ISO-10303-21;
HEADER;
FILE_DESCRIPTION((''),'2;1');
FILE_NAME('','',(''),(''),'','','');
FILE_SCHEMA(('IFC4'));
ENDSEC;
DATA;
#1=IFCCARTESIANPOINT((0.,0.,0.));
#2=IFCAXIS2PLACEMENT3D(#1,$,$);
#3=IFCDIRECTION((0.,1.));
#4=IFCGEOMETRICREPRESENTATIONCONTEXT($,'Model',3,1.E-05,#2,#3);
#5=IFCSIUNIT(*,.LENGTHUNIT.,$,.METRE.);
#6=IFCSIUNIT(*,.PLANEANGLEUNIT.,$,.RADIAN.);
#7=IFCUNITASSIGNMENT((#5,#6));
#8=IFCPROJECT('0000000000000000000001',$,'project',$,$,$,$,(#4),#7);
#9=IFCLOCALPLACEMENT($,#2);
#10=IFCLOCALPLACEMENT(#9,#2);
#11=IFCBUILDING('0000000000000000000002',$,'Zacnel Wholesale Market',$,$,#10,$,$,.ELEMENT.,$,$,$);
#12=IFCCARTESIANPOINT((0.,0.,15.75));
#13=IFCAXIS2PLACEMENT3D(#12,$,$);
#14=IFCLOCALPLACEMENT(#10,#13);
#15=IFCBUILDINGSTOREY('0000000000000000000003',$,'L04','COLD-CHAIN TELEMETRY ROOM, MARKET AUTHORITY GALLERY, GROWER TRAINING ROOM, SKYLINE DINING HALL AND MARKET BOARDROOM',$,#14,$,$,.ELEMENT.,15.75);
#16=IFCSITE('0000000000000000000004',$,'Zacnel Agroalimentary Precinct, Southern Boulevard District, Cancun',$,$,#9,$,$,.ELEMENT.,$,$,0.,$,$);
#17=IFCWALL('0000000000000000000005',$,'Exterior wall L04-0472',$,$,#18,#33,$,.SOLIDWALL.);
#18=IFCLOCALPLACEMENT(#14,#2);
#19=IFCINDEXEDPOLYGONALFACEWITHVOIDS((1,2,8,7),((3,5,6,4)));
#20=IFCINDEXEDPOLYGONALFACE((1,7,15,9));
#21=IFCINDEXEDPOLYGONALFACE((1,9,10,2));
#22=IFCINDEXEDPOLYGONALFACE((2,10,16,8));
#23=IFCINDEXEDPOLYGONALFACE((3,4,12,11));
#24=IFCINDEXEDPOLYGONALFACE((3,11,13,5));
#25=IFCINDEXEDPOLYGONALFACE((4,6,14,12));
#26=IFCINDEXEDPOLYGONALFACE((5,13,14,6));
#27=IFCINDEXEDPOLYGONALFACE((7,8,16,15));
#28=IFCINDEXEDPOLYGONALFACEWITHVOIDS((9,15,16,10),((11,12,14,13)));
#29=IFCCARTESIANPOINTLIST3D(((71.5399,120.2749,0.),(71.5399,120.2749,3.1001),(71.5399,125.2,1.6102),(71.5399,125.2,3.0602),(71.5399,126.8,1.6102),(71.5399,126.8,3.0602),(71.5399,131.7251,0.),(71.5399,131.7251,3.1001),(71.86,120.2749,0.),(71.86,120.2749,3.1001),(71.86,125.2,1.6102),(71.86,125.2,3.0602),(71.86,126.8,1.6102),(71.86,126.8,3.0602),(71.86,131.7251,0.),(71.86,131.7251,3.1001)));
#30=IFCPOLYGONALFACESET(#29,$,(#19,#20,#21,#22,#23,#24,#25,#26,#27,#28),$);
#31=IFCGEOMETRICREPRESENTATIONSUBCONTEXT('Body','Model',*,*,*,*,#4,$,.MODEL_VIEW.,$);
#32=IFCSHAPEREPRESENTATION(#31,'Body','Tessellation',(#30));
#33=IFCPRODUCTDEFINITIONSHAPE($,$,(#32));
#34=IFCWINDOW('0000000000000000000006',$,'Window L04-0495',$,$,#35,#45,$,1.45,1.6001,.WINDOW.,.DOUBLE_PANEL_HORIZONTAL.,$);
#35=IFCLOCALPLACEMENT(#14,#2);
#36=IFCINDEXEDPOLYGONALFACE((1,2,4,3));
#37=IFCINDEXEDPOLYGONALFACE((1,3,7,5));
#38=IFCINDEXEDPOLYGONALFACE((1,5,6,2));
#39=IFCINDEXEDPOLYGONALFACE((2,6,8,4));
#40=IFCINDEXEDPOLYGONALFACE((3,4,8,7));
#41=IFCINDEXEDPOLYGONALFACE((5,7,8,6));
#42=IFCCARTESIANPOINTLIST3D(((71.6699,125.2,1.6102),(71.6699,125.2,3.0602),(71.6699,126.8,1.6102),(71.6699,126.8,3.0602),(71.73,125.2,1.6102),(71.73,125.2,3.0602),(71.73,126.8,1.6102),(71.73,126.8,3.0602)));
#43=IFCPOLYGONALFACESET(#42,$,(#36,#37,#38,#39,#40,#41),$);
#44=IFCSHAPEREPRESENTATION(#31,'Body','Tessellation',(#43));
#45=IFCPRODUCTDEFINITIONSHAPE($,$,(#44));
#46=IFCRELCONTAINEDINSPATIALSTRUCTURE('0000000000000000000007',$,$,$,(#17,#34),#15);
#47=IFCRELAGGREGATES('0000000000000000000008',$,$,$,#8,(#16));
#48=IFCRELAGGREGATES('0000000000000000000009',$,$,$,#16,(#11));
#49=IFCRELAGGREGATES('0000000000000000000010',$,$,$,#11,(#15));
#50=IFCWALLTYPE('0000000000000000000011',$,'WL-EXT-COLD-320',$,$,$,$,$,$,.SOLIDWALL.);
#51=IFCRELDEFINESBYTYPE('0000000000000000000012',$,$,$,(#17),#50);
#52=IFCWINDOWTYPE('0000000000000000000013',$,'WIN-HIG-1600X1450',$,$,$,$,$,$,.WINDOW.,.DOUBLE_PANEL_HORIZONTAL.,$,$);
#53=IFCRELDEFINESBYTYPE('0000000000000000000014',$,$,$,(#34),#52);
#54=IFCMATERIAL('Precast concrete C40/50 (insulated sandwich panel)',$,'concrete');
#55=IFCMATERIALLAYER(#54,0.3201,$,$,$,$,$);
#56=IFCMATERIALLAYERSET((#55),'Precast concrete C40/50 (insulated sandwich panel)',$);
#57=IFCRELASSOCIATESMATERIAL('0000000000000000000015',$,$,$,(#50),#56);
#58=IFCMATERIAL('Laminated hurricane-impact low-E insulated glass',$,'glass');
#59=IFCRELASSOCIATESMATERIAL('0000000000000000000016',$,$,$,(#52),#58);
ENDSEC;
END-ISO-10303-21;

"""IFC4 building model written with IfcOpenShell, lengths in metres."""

from ifc_helpers import new_model, si_unit, direction, frame, frame_2d, origin, place, context, subcontext, project, spatial, rectangle, extrude, material, layer, layer_set, type_object, element, fill, save


model = new_model("IFC4")

# Units and contexts
model_context = context("Model", 3, precision=1e-05, world=origin(), true_north=direction((0.0, 1.0)))
body_context = subcontext(model_context, "Body", "Model", "MODEL_VIEW")
ifc_project = project(units=[si_unit("LENGTHUNIT", "METRE"), si_unit("PLANEANGLEUNIT", "RADIAN")], contexts=[model_context])

# Site, building, storey
site_placement = place(None, origin())
site = spatial("IfcSite", under=ifc_project, at=site_placement, Name="Zacnel Agroalimentary Precinct, Southern Boulevard District, Cancun", CompositionType="ELEMENT", RefElevation=0.0)
building_placement = place(site_placement, origin())
building = spatial("IfcBuilding", under=site, at=building_placement, Name="Zacnel Wholesale Market", CompositionType="ELEMENT")
storey_placement = place(building_placement, frame((0.0, 0.0, 15.75)))
storey = spatial("IfcBuildingStorey", under=building, at=storey_placement, Name="L04", Description="COLD-CHAIN TELEMETRY ROOM, MARKET AUTHORITY GALLERY, GROWER TRAINING ROOM, SKYLINE DINING HALL AND MARKET BOARDROOM", CompositionType="ELEMENT", Elevation=15.75)

# Shared definitions
ifc_material_1 = material(Name="Precast concrete C40/50 (insulated sandwich panel)", Category="concrete")
ifc_layer = layer(ifc_material_1, 0.3201)
ifc_layer_set = layer_set([ifc_layer], Name="Precast concrete C40/50 (insulated sandwich panel)")
wall_type = type_object("IfcWallType", Name="WL-EXT-COLD-320", PredefinedType="SOLIDWALL", material=ifc_layer_set)
ifc_material_2 = material(Name="Laminated hurricane-impact low-E insulated glass", Category="glass")
window_type = type_object("IfcWindowType", Name="WIN-HIG-1600X1450", PartitioningType="DOUBLE_PANEL_HORIZONTAL", PredefinedType="WINDOW", material=ifc_material_2)

# Wall, opening, window
wall_1_placement = place(storey_placement, frame((71.7, 120.2749, 0.0), z_axis=(0.0, 0.0, 1.0), x_axis=(0.0, 1.0, 0.0)))
wall_1 = element("IfcWall", 1, at=wall_1_placement, inside=storey, type_object=wall_type, Name="Exterior wall L04-0472", PredefinedType="SOLIDWALL", context=body_context, shape_type="SweptSolid", body=[
    extrude(rectangle(XDim=11.4502, YDim=0.3201, at=frame_2d((5.7251, 0.0))), origin(), (0.0, 0.0, 1.0), 3.1001),
])
opening_1_placement = place(wall_1_placement, frame((4.925, 0.0, 1.6101)))
opening_1 = element("IfcOpeningElement", 2, at=opening_1_placement, cuts=wall_1, PredefinedType="OPENING", context=body_context, shape_type="SweptSolid", body=[
    extrude(rectangle(XDim=1.6001, YDim=1.45, at=frame_2d((0.8, 0.7251))), frame((0.0, 0.1699, 0.0), z_axis=(0.0, -1.0, 0.0), x_axis=(1.0, 0.0, 0.0)), (0.0, 0.0, 1.0), 0.3401),
])
window_1_placement = place(opening_1_placement, origin())
window_1 = element("IfcWindow", 3, at=window_1_placement, inside=storey, type_object=window_type, Name="Window L04-0495", OverallHeight=1.45, OverallWidth=1.6001, PartitioningType="DOUBLE_PANEL_HORIZONTAL", PredefinedType="WINDOW", context=body_context, shape_type="SweptSolid", body=[
    extrude(rectangle(XDim=1.6001, YDim=1.45, at=frame_2d((0.8, 0.7251))), frame((0.0, 0.03, 0.0), z_axis=(0.0, -1.0, 0.0), x_axis=(1.0, 0.0, 0.0)), (0.0, 0.0, 1.0), 0.0601),
])
fill(opening_1, window_1)

save(model, "model.ifc")
